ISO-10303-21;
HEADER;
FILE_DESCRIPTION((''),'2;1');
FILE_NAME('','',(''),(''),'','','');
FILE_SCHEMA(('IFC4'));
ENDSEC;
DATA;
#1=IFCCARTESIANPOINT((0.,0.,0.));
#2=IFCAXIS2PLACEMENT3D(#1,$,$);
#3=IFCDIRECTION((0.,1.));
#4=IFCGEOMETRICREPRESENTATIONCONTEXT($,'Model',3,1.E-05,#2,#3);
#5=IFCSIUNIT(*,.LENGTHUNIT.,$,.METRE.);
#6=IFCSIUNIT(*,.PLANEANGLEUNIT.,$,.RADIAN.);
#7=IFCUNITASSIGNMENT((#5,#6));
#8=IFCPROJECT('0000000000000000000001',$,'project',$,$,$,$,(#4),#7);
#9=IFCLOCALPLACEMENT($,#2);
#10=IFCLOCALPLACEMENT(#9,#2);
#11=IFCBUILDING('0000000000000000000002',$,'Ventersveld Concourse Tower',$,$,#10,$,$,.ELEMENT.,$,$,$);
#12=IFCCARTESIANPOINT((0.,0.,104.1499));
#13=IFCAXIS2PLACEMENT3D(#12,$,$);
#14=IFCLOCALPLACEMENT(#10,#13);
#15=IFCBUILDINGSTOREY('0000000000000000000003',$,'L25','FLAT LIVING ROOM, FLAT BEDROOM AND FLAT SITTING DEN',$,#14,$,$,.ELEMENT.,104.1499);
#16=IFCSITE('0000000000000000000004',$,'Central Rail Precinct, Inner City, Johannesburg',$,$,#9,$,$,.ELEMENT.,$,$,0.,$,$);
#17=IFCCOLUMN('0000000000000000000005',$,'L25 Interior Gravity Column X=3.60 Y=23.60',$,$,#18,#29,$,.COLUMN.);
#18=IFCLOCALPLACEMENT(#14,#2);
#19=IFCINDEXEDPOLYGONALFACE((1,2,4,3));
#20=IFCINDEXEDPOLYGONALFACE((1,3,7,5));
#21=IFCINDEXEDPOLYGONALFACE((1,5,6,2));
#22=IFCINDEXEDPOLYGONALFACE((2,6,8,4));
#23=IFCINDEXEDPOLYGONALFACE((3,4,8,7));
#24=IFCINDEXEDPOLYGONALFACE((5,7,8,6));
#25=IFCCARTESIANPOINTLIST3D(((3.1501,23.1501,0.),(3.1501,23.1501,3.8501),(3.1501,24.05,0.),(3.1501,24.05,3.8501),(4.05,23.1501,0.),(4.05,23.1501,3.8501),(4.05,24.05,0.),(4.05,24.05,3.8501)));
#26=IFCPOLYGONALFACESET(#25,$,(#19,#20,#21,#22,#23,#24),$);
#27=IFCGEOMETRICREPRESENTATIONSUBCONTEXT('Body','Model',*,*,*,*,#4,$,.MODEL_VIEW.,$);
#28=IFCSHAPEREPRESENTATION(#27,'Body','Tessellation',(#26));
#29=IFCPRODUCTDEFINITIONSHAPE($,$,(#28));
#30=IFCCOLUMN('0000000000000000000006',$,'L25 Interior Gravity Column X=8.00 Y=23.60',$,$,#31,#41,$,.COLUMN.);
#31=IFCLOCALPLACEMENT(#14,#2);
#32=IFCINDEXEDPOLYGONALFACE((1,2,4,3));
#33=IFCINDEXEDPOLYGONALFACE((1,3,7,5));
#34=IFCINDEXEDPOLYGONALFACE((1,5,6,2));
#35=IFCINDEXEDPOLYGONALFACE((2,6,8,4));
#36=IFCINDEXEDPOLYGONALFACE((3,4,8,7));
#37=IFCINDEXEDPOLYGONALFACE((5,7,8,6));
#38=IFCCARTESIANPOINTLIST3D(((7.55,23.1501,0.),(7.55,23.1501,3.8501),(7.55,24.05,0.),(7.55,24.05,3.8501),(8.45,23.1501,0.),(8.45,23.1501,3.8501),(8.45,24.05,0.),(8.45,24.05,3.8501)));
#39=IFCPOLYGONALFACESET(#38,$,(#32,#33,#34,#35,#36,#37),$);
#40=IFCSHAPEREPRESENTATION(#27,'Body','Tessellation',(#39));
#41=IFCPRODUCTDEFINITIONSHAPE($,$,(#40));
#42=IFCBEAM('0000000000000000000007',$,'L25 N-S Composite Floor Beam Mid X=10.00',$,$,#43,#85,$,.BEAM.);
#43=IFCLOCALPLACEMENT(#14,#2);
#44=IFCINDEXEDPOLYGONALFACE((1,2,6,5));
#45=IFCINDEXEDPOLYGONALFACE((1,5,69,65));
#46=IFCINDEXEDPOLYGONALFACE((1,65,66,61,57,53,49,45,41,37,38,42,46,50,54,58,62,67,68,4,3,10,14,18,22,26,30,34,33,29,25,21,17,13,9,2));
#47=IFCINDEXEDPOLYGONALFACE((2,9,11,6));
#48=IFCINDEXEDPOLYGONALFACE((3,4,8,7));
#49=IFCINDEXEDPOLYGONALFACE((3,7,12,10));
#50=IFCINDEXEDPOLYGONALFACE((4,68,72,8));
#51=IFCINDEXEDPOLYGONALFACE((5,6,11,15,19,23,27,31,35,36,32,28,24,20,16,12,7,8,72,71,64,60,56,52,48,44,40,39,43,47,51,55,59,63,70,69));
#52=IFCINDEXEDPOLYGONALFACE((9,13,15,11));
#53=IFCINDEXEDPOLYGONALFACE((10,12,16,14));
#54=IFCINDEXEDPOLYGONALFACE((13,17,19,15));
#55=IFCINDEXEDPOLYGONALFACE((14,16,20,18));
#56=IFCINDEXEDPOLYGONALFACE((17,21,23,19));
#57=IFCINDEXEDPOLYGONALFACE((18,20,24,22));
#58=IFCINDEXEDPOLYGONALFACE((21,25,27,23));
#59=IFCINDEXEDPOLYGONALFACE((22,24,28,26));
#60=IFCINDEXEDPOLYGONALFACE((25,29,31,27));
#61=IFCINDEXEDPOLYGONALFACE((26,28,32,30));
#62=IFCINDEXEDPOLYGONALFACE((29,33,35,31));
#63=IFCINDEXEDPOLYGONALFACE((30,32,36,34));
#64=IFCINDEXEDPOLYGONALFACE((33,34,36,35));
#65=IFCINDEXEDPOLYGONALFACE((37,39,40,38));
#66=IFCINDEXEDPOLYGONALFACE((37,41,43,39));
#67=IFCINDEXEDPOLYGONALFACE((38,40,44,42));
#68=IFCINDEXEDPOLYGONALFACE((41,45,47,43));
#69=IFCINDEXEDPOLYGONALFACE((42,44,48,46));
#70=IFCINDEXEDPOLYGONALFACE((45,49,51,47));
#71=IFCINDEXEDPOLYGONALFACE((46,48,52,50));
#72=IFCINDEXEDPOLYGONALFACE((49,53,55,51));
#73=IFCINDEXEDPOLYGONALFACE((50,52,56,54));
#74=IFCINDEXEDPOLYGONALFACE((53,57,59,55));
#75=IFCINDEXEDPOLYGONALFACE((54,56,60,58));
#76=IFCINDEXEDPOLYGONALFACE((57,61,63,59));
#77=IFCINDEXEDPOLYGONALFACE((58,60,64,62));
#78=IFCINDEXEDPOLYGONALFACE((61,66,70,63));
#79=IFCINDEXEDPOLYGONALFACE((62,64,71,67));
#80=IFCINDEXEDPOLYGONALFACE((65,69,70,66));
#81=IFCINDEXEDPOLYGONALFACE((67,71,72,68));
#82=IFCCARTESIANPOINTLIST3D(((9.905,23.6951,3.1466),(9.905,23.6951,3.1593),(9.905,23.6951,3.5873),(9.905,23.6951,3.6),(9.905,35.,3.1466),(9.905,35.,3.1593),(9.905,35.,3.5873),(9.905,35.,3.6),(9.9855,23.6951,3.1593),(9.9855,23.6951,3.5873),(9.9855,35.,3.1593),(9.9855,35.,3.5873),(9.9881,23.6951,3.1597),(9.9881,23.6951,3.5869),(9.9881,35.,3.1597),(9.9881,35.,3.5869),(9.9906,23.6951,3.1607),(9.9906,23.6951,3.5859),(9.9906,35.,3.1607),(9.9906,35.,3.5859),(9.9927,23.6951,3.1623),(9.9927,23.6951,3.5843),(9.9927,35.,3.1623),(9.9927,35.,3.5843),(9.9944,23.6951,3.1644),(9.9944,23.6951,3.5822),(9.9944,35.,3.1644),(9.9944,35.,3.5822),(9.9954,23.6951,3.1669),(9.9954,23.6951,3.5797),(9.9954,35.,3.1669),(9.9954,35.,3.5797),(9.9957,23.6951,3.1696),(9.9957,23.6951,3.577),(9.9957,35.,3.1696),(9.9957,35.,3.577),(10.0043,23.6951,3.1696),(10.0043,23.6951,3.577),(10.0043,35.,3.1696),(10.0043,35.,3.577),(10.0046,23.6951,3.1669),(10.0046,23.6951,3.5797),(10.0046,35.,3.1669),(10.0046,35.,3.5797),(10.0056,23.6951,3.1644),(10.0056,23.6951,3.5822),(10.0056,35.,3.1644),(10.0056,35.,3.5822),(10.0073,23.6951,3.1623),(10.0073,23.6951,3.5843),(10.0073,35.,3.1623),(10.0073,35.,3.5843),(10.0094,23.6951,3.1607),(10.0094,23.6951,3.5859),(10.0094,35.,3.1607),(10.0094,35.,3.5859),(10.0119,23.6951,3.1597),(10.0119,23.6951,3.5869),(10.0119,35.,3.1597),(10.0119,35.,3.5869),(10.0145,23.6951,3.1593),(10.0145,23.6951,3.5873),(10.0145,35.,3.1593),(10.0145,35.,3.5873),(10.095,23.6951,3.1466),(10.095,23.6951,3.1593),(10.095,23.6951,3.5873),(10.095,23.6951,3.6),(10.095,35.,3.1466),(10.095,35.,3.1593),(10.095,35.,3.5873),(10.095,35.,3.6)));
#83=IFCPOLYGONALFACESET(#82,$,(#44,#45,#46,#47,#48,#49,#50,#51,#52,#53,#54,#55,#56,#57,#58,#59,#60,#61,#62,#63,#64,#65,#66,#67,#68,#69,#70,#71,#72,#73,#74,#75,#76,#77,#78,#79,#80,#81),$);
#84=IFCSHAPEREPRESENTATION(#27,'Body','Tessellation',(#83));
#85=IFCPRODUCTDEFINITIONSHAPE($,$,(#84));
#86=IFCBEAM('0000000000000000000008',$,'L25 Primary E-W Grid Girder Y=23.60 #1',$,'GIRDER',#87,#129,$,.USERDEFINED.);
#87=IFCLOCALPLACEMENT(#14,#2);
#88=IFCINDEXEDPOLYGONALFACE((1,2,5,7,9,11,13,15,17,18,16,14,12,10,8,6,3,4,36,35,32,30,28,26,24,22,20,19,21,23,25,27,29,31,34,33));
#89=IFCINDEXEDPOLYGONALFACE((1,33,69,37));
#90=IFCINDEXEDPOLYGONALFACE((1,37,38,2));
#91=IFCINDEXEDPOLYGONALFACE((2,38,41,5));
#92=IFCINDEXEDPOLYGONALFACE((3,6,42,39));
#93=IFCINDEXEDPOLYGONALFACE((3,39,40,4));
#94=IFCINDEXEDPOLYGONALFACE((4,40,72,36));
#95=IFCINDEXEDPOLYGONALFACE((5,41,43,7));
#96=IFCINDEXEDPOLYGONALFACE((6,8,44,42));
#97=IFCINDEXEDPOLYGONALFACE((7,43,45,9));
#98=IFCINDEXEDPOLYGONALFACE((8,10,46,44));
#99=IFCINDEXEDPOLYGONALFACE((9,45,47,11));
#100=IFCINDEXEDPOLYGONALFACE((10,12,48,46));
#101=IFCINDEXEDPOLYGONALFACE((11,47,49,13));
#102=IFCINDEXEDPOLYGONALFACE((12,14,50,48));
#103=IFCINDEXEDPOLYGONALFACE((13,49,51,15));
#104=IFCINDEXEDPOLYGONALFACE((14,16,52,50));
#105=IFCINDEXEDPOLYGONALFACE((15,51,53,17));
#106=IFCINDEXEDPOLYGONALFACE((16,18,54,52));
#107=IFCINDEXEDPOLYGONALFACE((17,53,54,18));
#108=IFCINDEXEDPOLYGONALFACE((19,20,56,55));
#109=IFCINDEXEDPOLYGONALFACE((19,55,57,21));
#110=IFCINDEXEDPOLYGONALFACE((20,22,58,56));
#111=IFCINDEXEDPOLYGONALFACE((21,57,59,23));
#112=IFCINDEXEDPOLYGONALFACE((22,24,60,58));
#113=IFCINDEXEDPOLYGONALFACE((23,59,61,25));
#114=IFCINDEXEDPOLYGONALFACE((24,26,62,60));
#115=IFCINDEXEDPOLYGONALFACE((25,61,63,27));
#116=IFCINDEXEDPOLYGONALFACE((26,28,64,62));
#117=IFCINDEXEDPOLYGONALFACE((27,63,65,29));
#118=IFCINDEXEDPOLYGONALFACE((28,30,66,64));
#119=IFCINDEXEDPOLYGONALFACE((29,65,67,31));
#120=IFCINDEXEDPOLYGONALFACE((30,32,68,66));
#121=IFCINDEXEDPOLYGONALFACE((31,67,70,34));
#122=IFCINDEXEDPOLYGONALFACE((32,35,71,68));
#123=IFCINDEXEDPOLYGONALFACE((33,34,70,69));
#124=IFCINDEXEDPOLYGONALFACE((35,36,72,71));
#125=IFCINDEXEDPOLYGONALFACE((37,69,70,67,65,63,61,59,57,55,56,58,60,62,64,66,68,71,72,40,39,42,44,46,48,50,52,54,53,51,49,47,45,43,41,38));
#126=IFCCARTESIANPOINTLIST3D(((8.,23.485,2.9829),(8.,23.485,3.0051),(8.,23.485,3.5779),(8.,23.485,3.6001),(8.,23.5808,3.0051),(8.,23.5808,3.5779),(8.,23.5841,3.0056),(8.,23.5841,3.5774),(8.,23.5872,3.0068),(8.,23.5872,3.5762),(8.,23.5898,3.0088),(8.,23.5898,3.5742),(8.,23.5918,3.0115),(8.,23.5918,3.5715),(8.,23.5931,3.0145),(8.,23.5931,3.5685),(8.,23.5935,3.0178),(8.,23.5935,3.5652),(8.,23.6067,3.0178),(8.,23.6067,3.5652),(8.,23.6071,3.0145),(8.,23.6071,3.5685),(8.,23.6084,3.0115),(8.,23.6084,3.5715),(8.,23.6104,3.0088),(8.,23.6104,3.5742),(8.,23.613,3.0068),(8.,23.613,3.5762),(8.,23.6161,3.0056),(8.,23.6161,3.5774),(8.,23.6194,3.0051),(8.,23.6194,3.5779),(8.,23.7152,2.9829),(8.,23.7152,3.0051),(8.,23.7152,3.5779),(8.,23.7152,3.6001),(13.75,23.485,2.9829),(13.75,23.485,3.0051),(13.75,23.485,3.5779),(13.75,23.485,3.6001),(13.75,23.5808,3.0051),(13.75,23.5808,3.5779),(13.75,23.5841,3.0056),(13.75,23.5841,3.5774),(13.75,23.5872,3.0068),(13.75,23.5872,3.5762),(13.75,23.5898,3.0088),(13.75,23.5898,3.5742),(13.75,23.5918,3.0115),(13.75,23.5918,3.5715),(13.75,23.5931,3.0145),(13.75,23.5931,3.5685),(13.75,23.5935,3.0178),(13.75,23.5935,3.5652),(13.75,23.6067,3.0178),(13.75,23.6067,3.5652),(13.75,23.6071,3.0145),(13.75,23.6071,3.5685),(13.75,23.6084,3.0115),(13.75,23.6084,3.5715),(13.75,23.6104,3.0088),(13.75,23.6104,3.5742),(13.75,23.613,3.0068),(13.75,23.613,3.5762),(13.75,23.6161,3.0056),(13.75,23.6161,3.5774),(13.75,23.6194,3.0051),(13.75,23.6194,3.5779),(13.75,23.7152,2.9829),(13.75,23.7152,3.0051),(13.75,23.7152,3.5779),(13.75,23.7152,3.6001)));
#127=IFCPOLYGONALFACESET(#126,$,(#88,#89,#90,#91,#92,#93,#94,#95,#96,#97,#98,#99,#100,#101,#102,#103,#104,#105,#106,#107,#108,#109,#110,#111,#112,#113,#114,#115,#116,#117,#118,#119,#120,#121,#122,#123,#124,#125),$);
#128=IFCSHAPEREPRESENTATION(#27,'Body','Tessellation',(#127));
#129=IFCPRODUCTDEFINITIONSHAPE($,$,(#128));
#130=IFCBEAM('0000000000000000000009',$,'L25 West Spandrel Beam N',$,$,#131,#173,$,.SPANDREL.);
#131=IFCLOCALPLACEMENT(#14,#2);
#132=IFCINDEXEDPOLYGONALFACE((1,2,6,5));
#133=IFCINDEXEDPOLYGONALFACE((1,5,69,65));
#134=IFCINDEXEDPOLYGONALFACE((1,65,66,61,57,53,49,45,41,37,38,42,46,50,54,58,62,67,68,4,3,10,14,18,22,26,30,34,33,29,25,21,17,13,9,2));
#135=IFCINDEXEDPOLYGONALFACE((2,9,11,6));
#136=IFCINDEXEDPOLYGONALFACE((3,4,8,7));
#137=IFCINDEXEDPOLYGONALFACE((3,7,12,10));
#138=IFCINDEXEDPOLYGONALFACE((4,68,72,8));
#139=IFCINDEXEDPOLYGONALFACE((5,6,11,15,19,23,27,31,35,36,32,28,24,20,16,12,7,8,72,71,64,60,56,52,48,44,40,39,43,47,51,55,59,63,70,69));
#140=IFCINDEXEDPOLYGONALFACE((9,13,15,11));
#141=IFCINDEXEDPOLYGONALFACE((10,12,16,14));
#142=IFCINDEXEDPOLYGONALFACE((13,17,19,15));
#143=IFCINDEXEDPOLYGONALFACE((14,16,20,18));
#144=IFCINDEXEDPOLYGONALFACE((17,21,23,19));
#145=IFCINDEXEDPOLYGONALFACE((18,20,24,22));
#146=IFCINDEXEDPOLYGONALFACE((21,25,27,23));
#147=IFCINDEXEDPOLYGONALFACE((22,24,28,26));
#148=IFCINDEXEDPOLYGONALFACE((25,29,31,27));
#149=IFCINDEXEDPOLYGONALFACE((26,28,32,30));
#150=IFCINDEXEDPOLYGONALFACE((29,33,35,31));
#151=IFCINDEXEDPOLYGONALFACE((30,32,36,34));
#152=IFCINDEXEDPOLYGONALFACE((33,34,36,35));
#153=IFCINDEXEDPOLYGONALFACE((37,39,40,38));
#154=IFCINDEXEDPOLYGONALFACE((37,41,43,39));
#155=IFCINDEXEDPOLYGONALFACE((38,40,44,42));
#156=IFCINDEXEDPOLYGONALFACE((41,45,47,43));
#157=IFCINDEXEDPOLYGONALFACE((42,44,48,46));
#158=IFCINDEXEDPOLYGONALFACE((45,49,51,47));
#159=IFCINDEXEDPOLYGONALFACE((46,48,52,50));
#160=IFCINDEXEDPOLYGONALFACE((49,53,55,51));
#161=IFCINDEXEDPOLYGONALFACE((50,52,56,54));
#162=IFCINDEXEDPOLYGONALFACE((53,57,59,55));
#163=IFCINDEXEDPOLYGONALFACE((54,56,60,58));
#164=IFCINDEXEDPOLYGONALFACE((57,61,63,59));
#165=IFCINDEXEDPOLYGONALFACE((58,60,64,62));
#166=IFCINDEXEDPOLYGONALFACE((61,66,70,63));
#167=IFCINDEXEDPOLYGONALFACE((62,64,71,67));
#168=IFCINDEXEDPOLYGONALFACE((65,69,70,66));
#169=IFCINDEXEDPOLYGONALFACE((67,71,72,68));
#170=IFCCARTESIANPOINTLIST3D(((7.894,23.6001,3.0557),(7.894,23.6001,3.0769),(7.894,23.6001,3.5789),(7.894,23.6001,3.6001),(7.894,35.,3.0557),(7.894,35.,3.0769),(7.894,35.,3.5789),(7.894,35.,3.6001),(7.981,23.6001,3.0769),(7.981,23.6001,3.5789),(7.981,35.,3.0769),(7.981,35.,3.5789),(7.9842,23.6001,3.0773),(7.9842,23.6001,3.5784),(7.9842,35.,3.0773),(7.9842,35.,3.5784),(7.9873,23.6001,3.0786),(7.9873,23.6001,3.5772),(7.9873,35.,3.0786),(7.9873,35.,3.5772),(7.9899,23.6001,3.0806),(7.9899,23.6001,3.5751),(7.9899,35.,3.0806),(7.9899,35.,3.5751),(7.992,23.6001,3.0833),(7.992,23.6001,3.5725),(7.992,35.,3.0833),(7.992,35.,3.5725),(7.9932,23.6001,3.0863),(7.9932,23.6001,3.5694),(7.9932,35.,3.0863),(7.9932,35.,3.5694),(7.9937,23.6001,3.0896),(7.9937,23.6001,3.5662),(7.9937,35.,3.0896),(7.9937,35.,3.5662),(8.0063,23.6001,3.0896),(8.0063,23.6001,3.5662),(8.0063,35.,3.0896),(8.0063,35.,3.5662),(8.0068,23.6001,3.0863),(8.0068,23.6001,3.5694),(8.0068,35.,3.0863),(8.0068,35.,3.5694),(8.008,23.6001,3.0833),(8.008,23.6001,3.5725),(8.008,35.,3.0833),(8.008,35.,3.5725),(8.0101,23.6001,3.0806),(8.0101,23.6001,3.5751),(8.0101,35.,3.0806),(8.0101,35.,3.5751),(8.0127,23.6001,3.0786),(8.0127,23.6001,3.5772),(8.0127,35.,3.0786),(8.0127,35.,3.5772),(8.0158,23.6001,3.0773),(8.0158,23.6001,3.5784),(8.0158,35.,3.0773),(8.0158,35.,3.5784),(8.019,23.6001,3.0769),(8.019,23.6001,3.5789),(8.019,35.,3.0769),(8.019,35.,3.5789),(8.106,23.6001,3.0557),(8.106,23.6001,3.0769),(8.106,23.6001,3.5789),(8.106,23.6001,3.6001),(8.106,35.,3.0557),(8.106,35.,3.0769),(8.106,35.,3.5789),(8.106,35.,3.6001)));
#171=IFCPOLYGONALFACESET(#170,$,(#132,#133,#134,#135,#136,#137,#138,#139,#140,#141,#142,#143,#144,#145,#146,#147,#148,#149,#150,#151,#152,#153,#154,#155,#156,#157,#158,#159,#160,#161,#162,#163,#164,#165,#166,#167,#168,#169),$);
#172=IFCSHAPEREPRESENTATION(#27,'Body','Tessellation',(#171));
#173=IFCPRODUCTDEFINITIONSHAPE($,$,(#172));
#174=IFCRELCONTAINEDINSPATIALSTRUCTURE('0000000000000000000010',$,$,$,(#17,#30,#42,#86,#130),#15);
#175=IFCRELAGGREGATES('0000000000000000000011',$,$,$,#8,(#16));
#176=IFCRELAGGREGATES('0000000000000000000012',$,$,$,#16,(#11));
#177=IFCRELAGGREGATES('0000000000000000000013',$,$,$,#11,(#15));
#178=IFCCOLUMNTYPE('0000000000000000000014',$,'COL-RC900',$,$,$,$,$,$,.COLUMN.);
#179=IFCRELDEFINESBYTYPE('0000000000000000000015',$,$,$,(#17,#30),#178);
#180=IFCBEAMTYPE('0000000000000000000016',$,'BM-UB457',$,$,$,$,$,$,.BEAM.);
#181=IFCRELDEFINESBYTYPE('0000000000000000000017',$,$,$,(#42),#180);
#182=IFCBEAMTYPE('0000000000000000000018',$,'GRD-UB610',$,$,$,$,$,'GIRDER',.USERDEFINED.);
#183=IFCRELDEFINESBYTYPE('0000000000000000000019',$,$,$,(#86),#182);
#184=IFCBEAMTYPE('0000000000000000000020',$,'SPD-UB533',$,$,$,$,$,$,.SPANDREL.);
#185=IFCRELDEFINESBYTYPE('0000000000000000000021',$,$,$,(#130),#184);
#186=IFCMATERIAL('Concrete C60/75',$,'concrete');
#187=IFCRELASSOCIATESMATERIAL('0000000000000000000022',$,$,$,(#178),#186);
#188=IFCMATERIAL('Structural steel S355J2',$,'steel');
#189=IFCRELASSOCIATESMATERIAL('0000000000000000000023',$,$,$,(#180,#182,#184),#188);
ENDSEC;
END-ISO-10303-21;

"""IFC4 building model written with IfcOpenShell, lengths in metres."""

from ifc_helpers import new_model, si_unit, direction, frame, origin, origin_2d, place, context, subcontext, project, spatial, rectangle, i_section, extrude, material, material_profile, profile_set, type_object, element, save


model = new_model("IFC4")

# Units and contexts
model_context = context("Model", 3, precision=1e-05, world=origin(), true_north=direction((0.0, 1.0)))
body_context = subcontext(model_context, "Body", "Model", "MODEL_VIEW")
ifc_project = project(units=[si_unit("LENGTHUNIT", "METRE"), si_unit("PLANEANGLEUNIT", "RADIAN")], contexts=[model_context])

# Site, building, storey
site_placement = place(None, origin())
site = spatial("IfcSite", under=ifc_project, at=site_placement, Name="Central Rail Precinct, Inner City, Johannesburg", CompositionType="ELEMENT", RefElevation=0.0)
building_placement = place(site_placement, origin())
building = spatial("IfcBuilding", under=site, at=building_placement, Name="Ventersveld Concourse Tower", CompositionType="ELEMENT")
storey_placement = place(building_placement, frame((0.0, 0.0, 104.1499)))
storey = spatial("IfcBuildingStorey", under=building, at=storey_placement, Name="L25", Description="FLAT LIVING ROOM, FLAT BEDROOM AND FLAT SITTING DEN", CompositionType="ELEMENT", Elevation=104.1499)

# Columns
ifc_material_1 = material(Name="Concrete C60/75", Category="concrete")
ifc_material_profile_1 = material_profile(ifc_material_1, rectangle(XDim=0.8999, YDim=0.8999, at=origin_2d()), Name="RC 900x900")
ifc_profile_set_1 = profile_set([ifc_material_profile_1], Name="Concrete C60/75")
column_type = type_object("IfcColumnType", Name="COL-RC900", PredefinedType="COLUMN", material=ifc_profile_set_1)
for number, where, z_axis, x_axis, name in (
    (1, (3.6001, 23.6001, 0.0), (0.0, 0.0, 1.0), (1.0, 0.0, 0.0), "L25 Interior Gravity Column X=3.60 Y=23.60"),
    (2, (8.0, 23.6001, 0.0), (0.0, 0.0, 1.0), (1.0, 0.0, 0.0), "L25 Interior Gravity Column X=8.00 Y=23.60"),
):
    element("IfcColumn", number, at=place(storey_placement, frame(where, z_axis=z_axis, x_axis=x_axis)), inside=storey, type_object=column_type, Name=name, PredefinedType="COLUMN", context=body_context, shape_type="SweptSolid", body=[
        extrude(rectangle(XDim=0.8999, YDim=0.8999, at=origin_2d()), origin(), (0.0, 0.0, 1.0), 3.8501),
    ])

# Beams
ifc_material_2 = material(Name="Structural steel S355J2", Category="steel")
ifc_material_profile_2 = material_profile(ifc_material_2, i_section(OverallWidth=0.1899, OverallDepth=0.4534, WebThickness=0.0085, FlangeThickness=0.0127, FilletRadius=0.0103, at=origin_2d()), Name="UB 457x191x67")
ifc_profile_set_2 = profile_set([ifc_material_profile_2], Name="Structural steel S355J2")
beam_type_1 = type_object("IfcBeamType", Name="BM-UB457", PredefinedType="BEAM", material=ifc_profile_set_2)
beam_1_placement = place(storey_placement, frame((10.0, 23.6951, 3.3733), z_axis=(0.0, 1.0, 0.0), x_axis=(-1.0, 0.0, 0.0)))
element("IfcBeam", 3, at=beam_1_placement, inside=storey, type_object=beam_type_1, Name="L25 N-S Composite Floor Beam Mid X=10.00", PredefinedType="BEAM", context=body_context, shape_type="SweptSolid", body=[
    extrude(i_section(OverallWidth=0.1899, OverallDepth=0.4534, WebThickness=0.0085, FlangeThickness=0.0127, FilletRadius=0.0103, at=origin_2d()), origin(), (0.0, 0.0, 1.0), 11.3049),
])
ifc_material_profile_3 = material_profile(ifc_material_2, i_section(OverallWidth=0.2302, OverallDepth=0.6172, WebThickness=0.0132, FlangeThickness=0.0222, FilletRadius=0.0127, at=origin_2d()), Name="UB 610x229x140")
ifc_profile_set_3 = profile_set([ifc_material_profile_3], Name="Structural steel S355J2")
beam_type_2 = type_object("IfcBeamType", Name="GRD-UB610", ElementType="GIRDER", PredefinedType="USERDEFINED", material=ifc_profile_set_3)
beam_2_placement = place(storey_placement, frame((8.0, 23.6001, 3.2915), z_axis=(1.0, 0.0, 0.0), x_axis=(0.0, 1.0, 0.0)))
element("IfcBeam", 4, at=beam_2_placement, inside=storey, type_object=beam_type_2, Name="L25 Primary E-W Grid Girder Y=23.60 #1", ObjectType="GIRDER", PredefinedType="USERDEFINED", context=body_context, shape_type="SweptSolid", body=[
    extrude(i_section(OverallWidth=0.2302, OverallDepth=0.6172, WebThickness=0.0132, FlangeThickness=0.0222, FilletRadius=0.0127, at=origin_2d()), origin(), (0.0, 0.0, 1.0), 5.75),
])
ifc_material_profile_4 = material_profile(ifc_material_2, i_section(OverallWidth=0.2119, OverallDepth=0.5444, WebThickness=0.0127, FlangeThickness=0.0212, FilletRadius=0.0127, at=origin_2d()), Name="UB 533x210x122")
ifc_profile_set_4 = profile_set([ifc_material_profile_4], Name="Structural steel S355J2")
beam_type_3 = type_object("IfcBeamType", Name="SPD-UB533", PredefinedType="SPANDREL", material=ifc_profile_set_4)
beam_3_placement = place(storey_placement, frame((8.0, 23.6001, 3.3279), z_axis=(0.0, 1.0, 0.0), x_axis=(-1.0, 0.0, 0.0)))
element("IfcBeam", 5, at=beam_3_placement, inside=storey, type_object=beam_type_3, Name="L25 West Spandrel Beam N", PredefinedType="SPANDREL", context=body_context, shape_type="SweptSolid", body=[
    extrude(i_section(OverallWidth=0.2119, OverallDepth=0.5444, WebThickness=0.0127, FlangeThickness=0.0212, FilletRadius=0.0127, at=origin_2d()), origin(), (0.0, 0.0, 1.0), 11.3999),
])

save(model, "model.ifc")
